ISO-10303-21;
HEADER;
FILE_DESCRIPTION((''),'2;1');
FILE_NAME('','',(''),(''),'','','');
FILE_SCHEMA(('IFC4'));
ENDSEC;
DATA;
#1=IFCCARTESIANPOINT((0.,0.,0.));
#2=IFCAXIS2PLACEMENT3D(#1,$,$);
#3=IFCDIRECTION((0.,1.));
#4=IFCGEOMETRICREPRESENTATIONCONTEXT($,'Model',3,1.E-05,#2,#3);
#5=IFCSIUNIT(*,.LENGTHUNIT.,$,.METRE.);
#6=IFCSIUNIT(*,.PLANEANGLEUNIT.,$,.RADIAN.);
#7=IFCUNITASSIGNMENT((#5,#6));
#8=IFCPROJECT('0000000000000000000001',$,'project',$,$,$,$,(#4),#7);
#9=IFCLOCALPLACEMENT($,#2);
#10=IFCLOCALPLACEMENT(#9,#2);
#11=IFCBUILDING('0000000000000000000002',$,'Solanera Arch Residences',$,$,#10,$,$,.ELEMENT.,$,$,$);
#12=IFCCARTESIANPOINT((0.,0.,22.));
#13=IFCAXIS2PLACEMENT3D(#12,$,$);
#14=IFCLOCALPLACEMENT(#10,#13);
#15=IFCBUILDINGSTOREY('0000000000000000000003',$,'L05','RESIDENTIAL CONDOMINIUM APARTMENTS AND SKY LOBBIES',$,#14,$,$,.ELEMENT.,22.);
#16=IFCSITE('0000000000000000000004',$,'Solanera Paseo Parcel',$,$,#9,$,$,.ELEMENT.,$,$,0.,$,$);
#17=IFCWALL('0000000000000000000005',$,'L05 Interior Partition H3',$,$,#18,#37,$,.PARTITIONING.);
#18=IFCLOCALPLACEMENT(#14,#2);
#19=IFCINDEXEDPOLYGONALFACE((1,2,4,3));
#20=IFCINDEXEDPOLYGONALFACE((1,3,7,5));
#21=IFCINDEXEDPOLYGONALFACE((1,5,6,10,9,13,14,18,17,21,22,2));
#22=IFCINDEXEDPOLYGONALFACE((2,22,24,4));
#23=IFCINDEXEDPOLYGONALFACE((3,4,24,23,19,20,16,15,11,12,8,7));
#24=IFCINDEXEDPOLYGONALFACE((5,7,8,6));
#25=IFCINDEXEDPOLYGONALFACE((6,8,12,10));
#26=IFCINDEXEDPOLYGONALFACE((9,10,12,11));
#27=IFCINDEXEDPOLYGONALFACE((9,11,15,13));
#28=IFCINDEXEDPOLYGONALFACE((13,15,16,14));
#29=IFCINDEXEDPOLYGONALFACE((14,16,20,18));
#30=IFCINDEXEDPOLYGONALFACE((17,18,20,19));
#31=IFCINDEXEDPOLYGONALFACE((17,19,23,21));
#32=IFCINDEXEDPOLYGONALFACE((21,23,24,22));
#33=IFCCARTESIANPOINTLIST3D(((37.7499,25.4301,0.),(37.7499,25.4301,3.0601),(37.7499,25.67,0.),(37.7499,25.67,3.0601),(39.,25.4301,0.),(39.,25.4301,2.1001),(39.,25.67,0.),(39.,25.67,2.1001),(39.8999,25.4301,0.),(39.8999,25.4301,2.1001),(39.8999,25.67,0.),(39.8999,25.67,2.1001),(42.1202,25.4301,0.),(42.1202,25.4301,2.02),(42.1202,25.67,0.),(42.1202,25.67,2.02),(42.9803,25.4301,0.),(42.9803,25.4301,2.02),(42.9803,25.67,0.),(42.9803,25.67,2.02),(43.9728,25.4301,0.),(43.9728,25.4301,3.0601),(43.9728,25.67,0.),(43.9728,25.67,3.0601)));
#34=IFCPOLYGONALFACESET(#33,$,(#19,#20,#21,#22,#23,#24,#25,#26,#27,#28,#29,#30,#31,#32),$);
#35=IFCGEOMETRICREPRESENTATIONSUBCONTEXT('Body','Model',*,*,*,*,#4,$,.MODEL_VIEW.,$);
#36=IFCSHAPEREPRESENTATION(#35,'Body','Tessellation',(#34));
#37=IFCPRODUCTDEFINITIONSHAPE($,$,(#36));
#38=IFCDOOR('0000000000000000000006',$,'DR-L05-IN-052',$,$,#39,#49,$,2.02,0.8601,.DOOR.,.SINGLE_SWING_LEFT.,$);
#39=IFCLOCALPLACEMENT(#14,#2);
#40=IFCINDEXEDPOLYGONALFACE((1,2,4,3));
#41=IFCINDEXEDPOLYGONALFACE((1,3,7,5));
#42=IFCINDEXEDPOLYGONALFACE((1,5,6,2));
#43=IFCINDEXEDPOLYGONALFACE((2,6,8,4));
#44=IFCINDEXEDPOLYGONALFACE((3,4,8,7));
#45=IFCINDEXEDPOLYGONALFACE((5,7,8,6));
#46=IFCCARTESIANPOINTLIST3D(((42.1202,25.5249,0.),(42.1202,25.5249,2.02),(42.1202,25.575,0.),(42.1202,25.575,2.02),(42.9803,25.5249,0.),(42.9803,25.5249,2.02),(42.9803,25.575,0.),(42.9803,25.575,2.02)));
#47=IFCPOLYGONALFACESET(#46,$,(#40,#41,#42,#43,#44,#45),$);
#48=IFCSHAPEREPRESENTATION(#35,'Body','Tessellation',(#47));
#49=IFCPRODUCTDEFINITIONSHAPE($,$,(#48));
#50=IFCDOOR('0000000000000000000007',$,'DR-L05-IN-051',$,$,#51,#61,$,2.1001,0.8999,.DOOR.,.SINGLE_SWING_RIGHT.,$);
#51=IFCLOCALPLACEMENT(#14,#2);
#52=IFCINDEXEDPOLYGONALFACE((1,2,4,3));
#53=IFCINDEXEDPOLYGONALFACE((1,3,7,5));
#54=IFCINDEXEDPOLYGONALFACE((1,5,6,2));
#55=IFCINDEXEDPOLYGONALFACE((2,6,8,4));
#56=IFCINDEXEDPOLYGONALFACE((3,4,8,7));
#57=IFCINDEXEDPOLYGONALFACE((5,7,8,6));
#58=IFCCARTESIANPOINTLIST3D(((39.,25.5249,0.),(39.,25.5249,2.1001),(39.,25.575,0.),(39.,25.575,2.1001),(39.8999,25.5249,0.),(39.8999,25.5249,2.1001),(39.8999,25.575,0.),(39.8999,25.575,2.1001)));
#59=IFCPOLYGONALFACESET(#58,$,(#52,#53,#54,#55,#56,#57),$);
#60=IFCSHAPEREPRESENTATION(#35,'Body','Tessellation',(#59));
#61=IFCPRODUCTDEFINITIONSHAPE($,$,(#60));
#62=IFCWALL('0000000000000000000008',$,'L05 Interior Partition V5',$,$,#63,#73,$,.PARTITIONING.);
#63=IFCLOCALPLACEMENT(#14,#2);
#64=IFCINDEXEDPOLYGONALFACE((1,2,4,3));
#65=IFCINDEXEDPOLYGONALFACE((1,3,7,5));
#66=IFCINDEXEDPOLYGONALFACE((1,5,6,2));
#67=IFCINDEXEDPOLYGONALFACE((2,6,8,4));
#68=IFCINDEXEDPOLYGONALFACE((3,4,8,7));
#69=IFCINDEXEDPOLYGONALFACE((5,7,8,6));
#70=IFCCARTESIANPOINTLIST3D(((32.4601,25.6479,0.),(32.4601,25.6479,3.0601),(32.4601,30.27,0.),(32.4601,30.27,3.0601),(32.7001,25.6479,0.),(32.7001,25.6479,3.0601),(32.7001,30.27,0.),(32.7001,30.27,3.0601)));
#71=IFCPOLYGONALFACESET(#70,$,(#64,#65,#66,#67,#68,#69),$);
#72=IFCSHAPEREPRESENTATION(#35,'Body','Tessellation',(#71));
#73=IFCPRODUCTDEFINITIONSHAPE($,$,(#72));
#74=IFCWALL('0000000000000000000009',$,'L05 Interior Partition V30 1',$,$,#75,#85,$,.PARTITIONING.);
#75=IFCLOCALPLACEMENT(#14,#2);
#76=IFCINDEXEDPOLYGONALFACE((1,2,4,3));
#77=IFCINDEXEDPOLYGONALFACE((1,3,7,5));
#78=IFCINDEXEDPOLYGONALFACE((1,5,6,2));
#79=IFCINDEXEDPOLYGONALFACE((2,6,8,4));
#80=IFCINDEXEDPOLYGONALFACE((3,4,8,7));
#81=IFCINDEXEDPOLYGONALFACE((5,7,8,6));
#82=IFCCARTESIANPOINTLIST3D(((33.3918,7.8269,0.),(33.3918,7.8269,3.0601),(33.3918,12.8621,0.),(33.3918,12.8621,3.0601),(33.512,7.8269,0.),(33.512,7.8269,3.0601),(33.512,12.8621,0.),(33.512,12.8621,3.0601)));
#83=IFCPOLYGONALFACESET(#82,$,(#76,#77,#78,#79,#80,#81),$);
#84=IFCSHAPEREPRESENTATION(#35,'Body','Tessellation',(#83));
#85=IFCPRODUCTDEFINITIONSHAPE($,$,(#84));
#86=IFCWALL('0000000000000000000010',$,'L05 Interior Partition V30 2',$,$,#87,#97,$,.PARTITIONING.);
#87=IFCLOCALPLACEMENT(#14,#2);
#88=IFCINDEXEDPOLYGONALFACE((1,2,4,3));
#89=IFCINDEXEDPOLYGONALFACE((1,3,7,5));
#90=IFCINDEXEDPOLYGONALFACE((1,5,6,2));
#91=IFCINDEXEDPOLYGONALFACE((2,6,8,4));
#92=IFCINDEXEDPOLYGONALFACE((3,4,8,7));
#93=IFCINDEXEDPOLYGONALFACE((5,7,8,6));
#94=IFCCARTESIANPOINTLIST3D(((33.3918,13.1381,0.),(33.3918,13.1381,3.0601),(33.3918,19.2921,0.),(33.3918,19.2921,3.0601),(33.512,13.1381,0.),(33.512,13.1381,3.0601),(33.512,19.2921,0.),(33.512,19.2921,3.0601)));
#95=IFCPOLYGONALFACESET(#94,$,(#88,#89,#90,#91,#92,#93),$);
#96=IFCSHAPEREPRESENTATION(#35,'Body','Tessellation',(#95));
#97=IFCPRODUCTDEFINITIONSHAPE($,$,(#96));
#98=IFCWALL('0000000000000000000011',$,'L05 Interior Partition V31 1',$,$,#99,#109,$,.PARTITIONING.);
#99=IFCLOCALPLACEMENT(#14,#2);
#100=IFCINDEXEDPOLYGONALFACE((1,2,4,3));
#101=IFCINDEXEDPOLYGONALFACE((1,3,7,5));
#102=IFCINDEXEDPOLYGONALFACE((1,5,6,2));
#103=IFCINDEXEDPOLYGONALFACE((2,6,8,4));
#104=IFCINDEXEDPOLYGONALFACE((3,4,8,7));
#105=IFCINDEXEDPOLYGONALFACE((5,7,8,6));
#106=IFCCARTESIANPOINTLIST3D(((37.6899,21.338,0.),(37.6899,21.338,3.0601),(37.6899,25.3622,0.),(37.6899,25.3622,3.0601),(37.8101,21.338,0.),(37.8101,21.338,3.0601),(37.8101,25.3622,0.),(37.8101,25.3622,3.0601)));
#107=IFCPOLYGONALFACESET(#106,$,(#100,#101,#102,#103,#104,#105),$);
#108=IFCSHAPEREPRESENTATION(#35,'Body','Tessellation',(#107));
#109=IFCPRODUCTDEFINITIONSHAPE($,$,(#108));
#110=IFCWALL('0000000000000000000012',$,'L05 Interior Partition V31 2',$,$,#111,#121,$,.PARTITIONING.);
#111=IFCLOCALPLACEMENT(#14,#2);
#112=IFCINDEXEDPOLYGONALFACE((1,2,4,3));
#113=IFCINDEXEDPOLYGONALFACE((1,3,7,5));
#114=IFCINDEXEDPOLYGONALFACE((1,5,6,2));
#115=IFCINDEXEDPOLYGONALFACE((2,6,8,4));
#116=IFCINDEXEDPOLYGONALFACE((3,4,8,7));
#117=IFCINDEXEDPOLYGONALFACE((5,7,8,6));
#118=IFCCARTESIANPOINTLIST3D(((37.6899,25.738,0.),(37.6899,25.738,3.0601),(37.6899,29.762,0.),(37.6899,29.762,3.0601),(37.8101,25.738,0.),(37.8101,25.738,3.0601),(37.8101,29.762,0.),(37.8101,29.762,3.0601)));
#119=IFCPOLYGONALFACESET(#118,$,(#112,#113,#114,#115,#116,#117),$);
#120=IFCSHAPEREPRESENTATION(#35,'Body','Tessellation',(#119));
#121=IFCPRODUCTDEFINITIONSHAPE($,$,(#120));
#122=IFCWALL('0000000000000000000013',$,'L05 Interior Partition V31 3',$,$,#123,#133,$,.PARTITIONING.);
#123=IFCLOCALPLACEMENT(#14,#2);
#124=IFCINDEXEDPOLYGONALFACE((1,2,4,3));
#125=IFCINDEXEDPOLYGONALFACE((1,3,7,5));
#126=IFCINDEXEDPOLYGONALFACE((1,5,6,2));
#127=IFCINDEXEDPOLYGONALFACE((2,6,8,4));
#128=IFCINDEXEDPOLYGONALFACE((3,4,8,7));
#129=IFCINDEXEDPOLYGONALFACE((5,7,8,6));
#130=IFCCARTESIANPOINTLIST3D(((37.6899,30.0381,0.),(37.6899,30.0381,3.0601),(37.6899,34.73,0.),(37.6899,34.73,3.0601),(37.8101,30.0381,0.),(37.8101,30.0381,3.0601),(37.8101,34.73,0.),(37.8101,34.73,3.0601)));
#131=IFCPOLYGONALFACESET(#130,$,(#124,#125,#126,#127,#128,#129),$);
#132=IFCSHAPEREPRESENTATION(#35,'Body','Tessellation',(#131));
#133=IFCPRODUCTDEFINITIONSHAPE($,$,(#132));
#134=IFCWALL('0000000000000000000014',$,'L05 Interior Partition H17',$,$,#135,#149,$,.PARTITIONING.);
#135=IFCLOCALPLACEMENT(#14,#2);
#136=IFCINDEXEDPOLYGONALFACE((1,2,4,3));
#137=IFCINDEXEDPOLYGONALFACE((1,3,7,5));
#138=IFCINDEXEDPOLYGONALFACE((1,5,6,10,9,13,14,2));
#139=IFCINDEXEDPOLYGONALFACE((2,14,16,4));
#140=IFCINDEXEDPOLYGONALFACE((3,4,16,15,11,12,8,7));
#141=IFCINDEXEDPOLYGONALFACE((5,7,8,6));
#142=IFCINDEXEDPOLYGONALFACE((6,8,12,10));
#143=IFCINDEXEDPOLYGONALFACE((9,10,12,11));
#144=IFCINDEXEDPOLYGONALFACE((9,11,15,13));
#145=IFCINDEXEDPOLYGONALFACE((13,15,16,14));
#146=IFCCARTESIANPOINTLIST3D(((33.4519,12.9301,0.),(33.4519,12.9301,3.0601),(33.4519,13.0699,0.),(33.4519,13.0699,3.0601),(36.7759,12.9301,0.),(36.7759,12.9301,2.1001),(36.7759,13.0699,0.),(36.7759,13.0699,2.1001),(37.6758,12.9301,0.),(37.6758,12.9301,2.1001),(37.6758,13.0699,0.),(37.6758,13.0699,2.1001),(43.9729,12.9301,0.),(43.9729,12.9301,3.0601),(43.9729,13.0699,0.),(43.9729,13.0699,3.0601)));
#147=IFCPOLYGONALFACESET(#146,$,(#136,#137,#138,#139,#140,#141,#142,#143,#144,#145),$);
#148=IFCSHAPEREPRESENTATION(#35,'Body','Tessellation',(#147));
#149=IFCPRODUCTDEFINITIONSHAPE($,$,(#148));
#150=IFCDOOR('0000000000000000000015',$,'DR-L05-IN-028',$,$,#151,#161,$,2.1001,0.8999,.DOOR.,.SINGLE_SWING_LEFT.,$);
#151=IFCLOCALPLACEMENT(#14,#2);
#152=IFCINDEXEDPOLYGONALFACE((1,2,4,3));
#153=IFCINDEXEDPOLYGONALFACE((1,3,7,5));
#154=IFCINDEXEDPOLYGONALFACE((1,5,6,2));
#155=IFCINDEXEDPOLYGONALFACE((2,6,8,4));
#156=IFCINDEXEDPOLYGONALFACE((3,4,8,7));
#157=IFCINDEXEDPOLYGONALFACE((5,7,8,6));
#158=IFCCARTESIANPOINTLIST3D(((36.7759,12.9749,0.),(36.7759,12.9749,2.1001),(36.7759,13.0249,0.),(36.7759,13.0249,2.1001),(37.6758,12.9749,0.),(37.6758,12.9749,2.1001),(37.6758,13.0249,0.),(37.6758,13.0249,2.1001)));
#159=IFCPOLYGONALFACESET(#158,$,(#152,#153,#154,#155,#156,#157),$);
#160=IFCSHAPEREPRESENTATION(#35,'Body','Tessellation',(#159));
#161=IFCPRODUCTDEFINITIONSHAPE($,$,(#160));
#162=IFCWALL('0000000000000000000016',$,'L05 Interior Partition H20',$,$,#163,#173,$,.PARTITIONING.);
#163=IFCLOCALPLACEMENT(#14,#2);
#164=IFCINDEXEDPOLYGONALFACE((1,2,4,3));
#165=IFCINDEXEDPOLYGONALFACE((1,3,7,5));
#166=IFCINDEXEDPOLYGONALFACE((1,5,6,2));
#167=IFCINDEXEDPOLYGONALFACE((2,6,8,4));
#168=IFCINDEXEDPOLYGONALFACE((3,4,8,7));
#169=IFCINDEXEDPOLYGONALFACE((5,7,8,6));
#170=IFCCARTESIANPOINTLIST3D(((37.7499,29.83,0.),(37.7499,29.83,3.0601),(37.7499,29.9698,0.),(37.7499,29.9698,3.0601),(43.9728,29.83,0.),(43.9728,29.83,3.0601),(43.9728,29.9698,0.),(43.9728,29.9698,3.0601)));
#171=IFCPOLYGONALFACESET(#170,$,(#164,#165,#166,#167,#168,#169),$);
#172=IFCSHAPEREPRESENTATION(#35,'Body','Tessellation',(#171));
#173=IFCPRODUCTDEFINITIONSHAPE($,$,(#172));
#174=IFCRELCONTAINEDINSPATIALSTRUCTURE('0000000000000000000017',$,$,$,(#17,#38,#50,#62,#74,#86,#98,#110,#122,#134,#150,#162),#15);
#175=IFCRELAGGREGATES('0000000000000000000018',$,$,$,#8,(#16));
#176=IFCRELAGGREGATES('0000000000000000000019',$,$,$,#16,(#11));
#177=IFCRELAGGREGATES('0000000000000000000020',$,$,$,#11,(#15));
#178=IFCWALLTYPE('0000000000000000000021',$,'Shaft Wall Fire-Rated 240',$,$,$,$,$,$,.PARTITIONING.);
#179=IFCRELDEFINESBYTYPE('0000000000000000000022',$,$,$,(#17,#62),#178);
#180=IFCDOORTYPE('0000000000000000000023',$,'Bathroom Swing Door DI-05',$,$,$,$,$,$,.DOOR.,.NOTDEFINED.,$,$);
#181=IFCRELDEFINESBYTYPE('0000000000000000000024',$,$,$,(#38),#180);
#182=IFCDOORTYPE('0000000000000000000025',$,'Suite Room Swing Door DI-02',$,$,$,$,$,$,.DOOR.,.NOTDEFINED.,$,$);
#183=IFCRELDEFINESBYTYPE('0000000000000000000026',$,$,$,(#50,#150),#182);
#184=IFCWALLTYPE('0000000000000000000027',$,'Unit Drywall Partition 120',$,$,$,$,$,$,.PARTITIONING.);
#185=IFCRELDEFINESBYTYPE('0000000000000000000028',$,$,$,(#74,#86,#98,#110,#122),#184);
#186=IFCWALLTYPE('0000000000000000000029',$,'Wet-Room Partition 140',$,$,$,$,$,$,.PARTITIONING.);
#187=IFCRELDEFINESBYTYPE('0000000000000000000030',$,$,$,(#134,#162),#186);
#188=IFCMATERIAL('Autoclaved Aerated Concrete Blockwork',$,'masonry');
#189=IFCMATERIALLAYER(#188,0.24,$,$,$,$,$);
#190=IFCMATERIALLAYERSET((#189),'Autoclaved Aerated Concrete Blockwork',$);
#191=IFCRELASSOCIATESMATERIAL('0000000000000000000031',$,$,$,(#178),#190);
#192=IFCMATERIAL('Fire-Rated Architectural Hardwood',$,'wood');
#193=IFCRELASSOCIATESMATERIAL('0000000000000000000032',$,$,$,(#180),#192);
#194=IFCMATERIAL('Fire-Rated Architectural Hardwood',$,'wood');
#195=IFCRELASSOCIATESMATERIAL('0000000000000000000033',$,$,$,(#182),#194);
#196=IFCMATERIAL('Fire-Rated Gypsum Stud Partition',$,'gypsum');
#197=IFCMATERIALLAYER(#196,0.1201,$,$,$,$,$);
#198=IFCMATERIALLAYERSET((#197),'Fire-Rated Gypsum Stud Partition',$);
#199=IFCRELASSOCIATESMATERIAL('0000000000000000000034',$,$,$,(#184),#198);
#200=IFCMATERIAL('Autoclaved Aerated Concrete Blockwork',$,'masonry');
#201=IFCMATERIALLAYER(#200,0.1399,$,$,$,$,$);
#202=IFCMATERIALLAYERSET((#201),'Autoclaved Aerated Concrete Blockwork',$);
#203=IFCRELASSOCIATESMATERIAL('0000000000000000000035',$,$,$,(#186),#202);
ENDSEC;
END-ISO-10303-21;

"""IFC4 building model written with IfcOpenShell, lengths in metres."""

from ifc_helpers import new_model, si_unit, direction, frame, frame_2d, origin, place, context, subcontext, project, spatial, rectangle, extrude, material, layer, layer_set, type_object, element, fill, save


model = new_model("IFC4")

# Units and contexts
model_context = context("Model", 3, precision=1e-05, world=origin(), true_north=direction((0.0, 1.0)))
body_context = subcontext(model_context, "Body", "Model", "MODEL_VIEW")
ifc_project = project(units=[si_unit("LENGTHUNIT", "METRE"), si_unit("PLANEANGLEUNIT", "RADIAN")], contexts=[model_context])

# Site, building, storey
site_placement = place(None, origin())
site = spatial("IfcSite", under=ifc_project, at=site_placement, Name="Solanera Paseo Parcel", CompositionType="ELEMENT", RefElevation=0.0)
building_placement = place(site_placement, origin())
building = spatial("IfcBuilding", under=site, at=building_placement, Name="Solanera Arch Residences", CompositionType="ELEMENT")
storey_placement = place(building_placement, frame((0.0, 0.0, 22.0)))
storey = spatial("IfcBuildingStorey", under=building, at=storey_placement, Name="L05", Description="RESIDENTIAL CONDOMINIUM APARTMENTS AND SKY LOBBIES", CompositionType="ELEMENT", Elevation=22.0)

# Shared definitions
ifc_material_1 = material(Name="Autoclaved Aerated Concrete Blockwork", Category="masonry")
ifc_layer_1 = layer(ifc_material_1, 0.24)
ifc_layer_set_1 = layer_set([ifc_layer_1], Name="Autoclaved Aerated Concrete Blockwork")
wall_type_1 = type_object("IfcWallType", Name="Shaft Wall Fire-Rated 240", PredefinedType="PARTITIONING", material=ifc_layer_set_1)

# Wall, openings, doors
wall_1_placement = place(storey_placement, frame((37.75, 25.55, 0.0), z_axis=(0.0, 0.0, 1.0), x_axis=(1.0, 0.0, 0.0)))
wall_1 = element("IfcWall", 1, at=wall_1_placement, inside=storey, type_object=wall_type_1, Name="L05 Interior Partition H3", PredefinedType="PARTITIONING", context=body_context, shape_type="SweptSolid", body=[
    extrude(rectangle(XDim=6.2229, YDim=0.24, at=frame_2d((3.1113, 0.0))), origin(), (0.0, 0.0, 1.0), 3.0601),
])
opening_1_placement = place(wall_1_placement, frame((1.25, 0.0, 0.0)))
opening_1 = element("IfcOpeningElement", 2, at=opening_1_placement, cuts=wall_1, PredefinedType="OPENING", context=body_context, shape_type="SweptSolid", body=[
    extrude(rectangle(XDim=0.8999, YDim=2.1001, at=frame_2d((0.45, 1.05))), frame((0.0, 0.1299, 0.0), z_axis=(0.0, -1.0, 0.0), x_axis=(1.0, 0.0, 0.0)), (0.0, 0.0, 1.0), 0.26),
])
opening_2_placement = place(wall_1_placement, frame((4.3701, 0.0, 0.0)))
opening_2 = element("IfcOpeningElement", 3, at=opening_2_placement, cuts=wall_1, PredefinedType="OPENING", context=body_context, shape_type="SweptSolid", body=[
    extrude(rectangle(XDim=0.8601, YDim=2.02, at=frame_2d((0.4302, 1.01))), frame((0.0, 0.1299, 0.0), z_axis=(0.0, -1.0, 0.0), x_axis=(1.0, 0.0, 0.0)), (0.0, 0.0, 1.0), 0.26),
])
ifc_material_2 = material(Name="Fire-Rated Architectural Hardwood", Category="wood")
door_type_1 = type_object("IfcDoorType", Name="Bathroom Swing Door DI-05", OperationType="NOTDEFINED", PredefinedType="DOOR", material=ifc_material_2)
door_1_placement = place(opening_2_placement, origin())
door_1 = element("IfcDoor", 4, at=door_1_placement, inside=storey, type_object=door_type_1, Name="DR-L05-IN-052", OperationType="SINGLE_SWING_LEFT", OverallHeight=2.02, OverallWidth=0.8601, PredefinedType="DOOR", context=body_context, shape_type="SweptSolid", body=[
    extrude(rectangle(XDim=0.8601, YDim=2.02, at=frame_2d((0.4302, 1.01))), frame((0.0, 0.0249, 0.0), z_axis=(0.0, -1.0, 0.0), x_axis=(1.0, 0.0, 0.0)), (0.0, 0.0, 1.0), 0.05),
])
fill(opening_2, door_1)
ifc_material_3 = material(Name="Fire-Rated Architectural Hardwood", Category="wood")
door_type_2 = type_object("IfcDoorType", Name="Suite Room Swing Door DI-02", OperationType="NOTDEFINED", PredefinedType="DOOR", material=ifc_material_3)
door_2_placement = place(opening_1_placement, origin())
door_2 = element("IfcDoor", 5, at=door_2_placement, inside=storey, type_object=door_type_2, Name="DR-L05-IN-051", OperationType="SINGLE_SWING_RIGHT", OverallHeight=2.1001, OverallWidth=0.8999, PredefinedType="DOOR", context=body_context, shape_type="SweptSolid", body=[
    extrude(rectangle(XDim=0.8999, YDim=2.1001, at=frame_2d((0.45, 1.05))), frame((0.0, 0.0249, 0.0), z_axis=(0.0, -1.0, 0.0), x_axis=(1.0, 0.0, 0.0)), (0.0, 0.0, 1.0), 0.05),
])
fill(opening_1, door_2)

# Walls
wall_2_placement = place(storey_placement, frame((32.5801, 25.6479, 0.0), z_axis=(0.0, 0.0, 1.0), x_axis=(0.0, 1.0, 0.0)))
element("IfcWall", 6, at=wall_2_placement, inside=storey, type_object=wall_type_1, Name="L05 Interior Partition V5", PredefinedType="PARTITIONING", context=body_context, shape_type="SweptSolid", body=[
    extrude(rectangle(XDim=4.6221, YDim=0.24, at=frame_2d((2.311, 0.0))), origin(), (0.0, 0.0, 1.0), 3.0601),
])
ifc_material_4 = material(Name="Fire-Rated Gypsum Stud Partition", Category="gypsum")
ifc_layer_2 = layer(ifc_material_4, 0.1201)
ifc_layer_set_2 = layer_set([ifc_layer_2], Name="Fire-Rated Gypsum Stud Partition")
wall_type_2 = type_object("IfcWallType", Name="Unit Drywall Partition 120", PredefinedType="PARTITIONING", material=ifc_layer_set_2)
wall_3_placement = place(storey_placement, frame((33.4519, 7.8269, 0.0), z_axis=(0.0, 0.0, 1.0), x_axis=(0.0, 1.0, 0.0)))
element("IfcWall", 7, at=wall_3_placement, inside=storey, type_object=wall_type_2, Name="L05 Interior Partition V30 1", PredefinedType="PARTITIONING", context=body_context, shape_type="SweptSolid", body=[
    extrude(rectangle(XDim=5.0352, YDim=0.1201, at=frame_2d((2.5176, 0.0))), origin(), (0.0, 0.0, 1.0), 3.0601),
])
wall_4_placement = place(storey_placement, frame((33.4519, 13.1379, 0.0), z_axis=(0.0, 0.0, 1.0), x_axis=(0.0, 1.0, 0.0)))
element("IfcWall", 8, at=wall_4_placement, inside=storey, type_object=wall_type_2, Name="L05 Interior Partition V30 2", PredefinedType="PARTITIONING", context=body_context, shape_type="SweptSolid", body=[
    extrude(rectangle(XDim=6.1541, YDim=0.1201, at=frame_2d((3.0771, 0.0))), origin(), (0.0, 0.0, 1.0), 3.0601),
])
wall_5_placement = place(storey_placement, frame((37.75, 21.3379, 0.0), z_axis=(0.0, 0.0, 1.0), x_axis=(0.0, 1.0, 0.0)))
element("IfcWall", 9, at=wall_5_placement, inside=storey, type_object=wall_type_2, Name="L05 Interior Partition V31 1", PredefinedType="PARTITIONING", context=body_context, shape_type="SweptSolid", body=[
    extrude(rectangle(XDim=4.0242, YDim=0.1201, at=frame_2d((2.0122, 0.0))), origin(), (0.0, 0.0, 1.0), 3.0601),
])
wall_6_placement = place(storey_placement, frame((37.75, 25.738, 0.0), z_axis=(0.0, 0.0, 1.0), x_axis=(0.0, 1.0, 0.0)))
element("IfcWall", 10, at=wall_6_placement, inside=storey, type_object=wall_type_2, Name="L05 Interior Partition V31 2", PredefinedType="PARTITIONING", context=body_context, shape_type="SweptSolid", body=[
    extrude(rectangle(XDim=4.0239, YDim=0.1201, at=frame_2d((2.012, 0.0))), origin(), (0.0, 0.0, 1.0), 3.0601),
])
wall_7_placement = place(storey_placement, frame((37.75, 30.0381, 0.0), z_axis=(0.0, 0.0, 1.0), x_axis=(0.0, 1.0, 0.0)))
element("IfcWall", 11, at=wall_7_placement, inside=storey, type_object=wall_type_2, Name="L05 Interior Partition V31 3", PredefinedType="PARTITIONING", context=body_context, shape_type="SweptSolid", body=[
    extrude(rectangle(XDim=4.6919, YDim=0.1201, at=frame_2d((2.3459, 0.0))), origin(), (0.0, 0.0, 1.0), 3.0601),
])

# Wall, opening, door
ifc_material_5 = material(Name="Autoclaved Aerated Concrete Blockwork", Category="masonry")
ifc_layer_3 = layer(ifc_material_5, 0.1399)
ifc_layer_set_3 = layer_set([ifc_layer_3], Name="Autoclaved Aerated Concrete Blockwork")
wall_type_3 = type_object("IfcWallType", Name="Wet-Room Partition 140", PredefinedType="PARTITIONING", material=ifc_layer_set_3)
wall_8_placement = place(storey_placement, frame((33.4519, 13.0, 0.0), z_axis=(0.0, 0.0, 1.0), x_axis=(1.0, 0.0, 0.0)))
wall_8 = element("IfcWall", 12, at=wall_8_placement, inside=storey, type_object=wall_type_3, Name="L05 Interior Partition H17", PredefinedType="PARTITIONING", context=body_context, shape_type="SweptSolid", body=[
    extrude(rectangle(XDim=10.521, YDim=0.1399, at=frame_2d((5.2605, 0.0))), origin(), (0.0, 0.0, 1.0), 3.0601),
])
opening_3_placement = place(wall_8_placement, frame((3.324, 0.0, 0.0)))
opening_3 = element("IfcOpeningElement", 13, at=opening_3_placement, cuts=wall_8, PredefinedType="OPENING", context=body_context, shape_type="SweptSolid", body=[
    extrude(rectangle(XDim=0.8999, YDim=2.1001, at=frame_2d((0.45, 1.05))), frame((0.0, 0.0798, 0.0), z_axis=(0.0, -1.0, 0.0), x_axis=(1.0, 0.0, 0.0)), (0.0, 0.0, 1.0), 0.1599),
])
door_3_placement = place(opening_3_placement, origin())
door_3 = element("IfcDoor", 14, at=door_3_placement, inside=storey, type_object=door_type_2, Name="DR-L05-IN-028", OperationType="SINGLE_SWING_LEFT", OverallHeight=2.1001, OverallWidth=0.8999, PredefinedType="DOOR", context=body_context, shape_type="SweptSolid", body=[
    extrude(rectangle(XDim=0.8999, YDim=2.1001, at=frame_2d((0.45, 1.05))), frame((0.0, 0.0249, 0.0), z_axis=(0.0, -1.0, 0.0), x_axis=(1.0, 0.0, 0.0)), (0.0, 0.0, 1.0), 0.05),
])
fill(opening_3, door_3)

# Wall
wall_9_placement = place(storey_placement, frame((37.75, 29.8999, 0.0), z_axis=(0.0, 0.0, 1.0), x_axis=(1.0, 0.0, 0.0)))
element("IfcWall", 15, at=wall_9_placement, inside=storey, type_object=wall_type_3, Name="L05 Interior Partition H20", PredefinedType="PARTITIONING", context=body_context, shape_type="SweptSolid", body=[
    extrude(rectangle(XDim=6.2229, YDim=0.1399, at=frame_2d((3.1113, 0.0))), origin(), (0.0, 0.0, 1.0), 3.0601),
])

save(model, "model.ifc")
